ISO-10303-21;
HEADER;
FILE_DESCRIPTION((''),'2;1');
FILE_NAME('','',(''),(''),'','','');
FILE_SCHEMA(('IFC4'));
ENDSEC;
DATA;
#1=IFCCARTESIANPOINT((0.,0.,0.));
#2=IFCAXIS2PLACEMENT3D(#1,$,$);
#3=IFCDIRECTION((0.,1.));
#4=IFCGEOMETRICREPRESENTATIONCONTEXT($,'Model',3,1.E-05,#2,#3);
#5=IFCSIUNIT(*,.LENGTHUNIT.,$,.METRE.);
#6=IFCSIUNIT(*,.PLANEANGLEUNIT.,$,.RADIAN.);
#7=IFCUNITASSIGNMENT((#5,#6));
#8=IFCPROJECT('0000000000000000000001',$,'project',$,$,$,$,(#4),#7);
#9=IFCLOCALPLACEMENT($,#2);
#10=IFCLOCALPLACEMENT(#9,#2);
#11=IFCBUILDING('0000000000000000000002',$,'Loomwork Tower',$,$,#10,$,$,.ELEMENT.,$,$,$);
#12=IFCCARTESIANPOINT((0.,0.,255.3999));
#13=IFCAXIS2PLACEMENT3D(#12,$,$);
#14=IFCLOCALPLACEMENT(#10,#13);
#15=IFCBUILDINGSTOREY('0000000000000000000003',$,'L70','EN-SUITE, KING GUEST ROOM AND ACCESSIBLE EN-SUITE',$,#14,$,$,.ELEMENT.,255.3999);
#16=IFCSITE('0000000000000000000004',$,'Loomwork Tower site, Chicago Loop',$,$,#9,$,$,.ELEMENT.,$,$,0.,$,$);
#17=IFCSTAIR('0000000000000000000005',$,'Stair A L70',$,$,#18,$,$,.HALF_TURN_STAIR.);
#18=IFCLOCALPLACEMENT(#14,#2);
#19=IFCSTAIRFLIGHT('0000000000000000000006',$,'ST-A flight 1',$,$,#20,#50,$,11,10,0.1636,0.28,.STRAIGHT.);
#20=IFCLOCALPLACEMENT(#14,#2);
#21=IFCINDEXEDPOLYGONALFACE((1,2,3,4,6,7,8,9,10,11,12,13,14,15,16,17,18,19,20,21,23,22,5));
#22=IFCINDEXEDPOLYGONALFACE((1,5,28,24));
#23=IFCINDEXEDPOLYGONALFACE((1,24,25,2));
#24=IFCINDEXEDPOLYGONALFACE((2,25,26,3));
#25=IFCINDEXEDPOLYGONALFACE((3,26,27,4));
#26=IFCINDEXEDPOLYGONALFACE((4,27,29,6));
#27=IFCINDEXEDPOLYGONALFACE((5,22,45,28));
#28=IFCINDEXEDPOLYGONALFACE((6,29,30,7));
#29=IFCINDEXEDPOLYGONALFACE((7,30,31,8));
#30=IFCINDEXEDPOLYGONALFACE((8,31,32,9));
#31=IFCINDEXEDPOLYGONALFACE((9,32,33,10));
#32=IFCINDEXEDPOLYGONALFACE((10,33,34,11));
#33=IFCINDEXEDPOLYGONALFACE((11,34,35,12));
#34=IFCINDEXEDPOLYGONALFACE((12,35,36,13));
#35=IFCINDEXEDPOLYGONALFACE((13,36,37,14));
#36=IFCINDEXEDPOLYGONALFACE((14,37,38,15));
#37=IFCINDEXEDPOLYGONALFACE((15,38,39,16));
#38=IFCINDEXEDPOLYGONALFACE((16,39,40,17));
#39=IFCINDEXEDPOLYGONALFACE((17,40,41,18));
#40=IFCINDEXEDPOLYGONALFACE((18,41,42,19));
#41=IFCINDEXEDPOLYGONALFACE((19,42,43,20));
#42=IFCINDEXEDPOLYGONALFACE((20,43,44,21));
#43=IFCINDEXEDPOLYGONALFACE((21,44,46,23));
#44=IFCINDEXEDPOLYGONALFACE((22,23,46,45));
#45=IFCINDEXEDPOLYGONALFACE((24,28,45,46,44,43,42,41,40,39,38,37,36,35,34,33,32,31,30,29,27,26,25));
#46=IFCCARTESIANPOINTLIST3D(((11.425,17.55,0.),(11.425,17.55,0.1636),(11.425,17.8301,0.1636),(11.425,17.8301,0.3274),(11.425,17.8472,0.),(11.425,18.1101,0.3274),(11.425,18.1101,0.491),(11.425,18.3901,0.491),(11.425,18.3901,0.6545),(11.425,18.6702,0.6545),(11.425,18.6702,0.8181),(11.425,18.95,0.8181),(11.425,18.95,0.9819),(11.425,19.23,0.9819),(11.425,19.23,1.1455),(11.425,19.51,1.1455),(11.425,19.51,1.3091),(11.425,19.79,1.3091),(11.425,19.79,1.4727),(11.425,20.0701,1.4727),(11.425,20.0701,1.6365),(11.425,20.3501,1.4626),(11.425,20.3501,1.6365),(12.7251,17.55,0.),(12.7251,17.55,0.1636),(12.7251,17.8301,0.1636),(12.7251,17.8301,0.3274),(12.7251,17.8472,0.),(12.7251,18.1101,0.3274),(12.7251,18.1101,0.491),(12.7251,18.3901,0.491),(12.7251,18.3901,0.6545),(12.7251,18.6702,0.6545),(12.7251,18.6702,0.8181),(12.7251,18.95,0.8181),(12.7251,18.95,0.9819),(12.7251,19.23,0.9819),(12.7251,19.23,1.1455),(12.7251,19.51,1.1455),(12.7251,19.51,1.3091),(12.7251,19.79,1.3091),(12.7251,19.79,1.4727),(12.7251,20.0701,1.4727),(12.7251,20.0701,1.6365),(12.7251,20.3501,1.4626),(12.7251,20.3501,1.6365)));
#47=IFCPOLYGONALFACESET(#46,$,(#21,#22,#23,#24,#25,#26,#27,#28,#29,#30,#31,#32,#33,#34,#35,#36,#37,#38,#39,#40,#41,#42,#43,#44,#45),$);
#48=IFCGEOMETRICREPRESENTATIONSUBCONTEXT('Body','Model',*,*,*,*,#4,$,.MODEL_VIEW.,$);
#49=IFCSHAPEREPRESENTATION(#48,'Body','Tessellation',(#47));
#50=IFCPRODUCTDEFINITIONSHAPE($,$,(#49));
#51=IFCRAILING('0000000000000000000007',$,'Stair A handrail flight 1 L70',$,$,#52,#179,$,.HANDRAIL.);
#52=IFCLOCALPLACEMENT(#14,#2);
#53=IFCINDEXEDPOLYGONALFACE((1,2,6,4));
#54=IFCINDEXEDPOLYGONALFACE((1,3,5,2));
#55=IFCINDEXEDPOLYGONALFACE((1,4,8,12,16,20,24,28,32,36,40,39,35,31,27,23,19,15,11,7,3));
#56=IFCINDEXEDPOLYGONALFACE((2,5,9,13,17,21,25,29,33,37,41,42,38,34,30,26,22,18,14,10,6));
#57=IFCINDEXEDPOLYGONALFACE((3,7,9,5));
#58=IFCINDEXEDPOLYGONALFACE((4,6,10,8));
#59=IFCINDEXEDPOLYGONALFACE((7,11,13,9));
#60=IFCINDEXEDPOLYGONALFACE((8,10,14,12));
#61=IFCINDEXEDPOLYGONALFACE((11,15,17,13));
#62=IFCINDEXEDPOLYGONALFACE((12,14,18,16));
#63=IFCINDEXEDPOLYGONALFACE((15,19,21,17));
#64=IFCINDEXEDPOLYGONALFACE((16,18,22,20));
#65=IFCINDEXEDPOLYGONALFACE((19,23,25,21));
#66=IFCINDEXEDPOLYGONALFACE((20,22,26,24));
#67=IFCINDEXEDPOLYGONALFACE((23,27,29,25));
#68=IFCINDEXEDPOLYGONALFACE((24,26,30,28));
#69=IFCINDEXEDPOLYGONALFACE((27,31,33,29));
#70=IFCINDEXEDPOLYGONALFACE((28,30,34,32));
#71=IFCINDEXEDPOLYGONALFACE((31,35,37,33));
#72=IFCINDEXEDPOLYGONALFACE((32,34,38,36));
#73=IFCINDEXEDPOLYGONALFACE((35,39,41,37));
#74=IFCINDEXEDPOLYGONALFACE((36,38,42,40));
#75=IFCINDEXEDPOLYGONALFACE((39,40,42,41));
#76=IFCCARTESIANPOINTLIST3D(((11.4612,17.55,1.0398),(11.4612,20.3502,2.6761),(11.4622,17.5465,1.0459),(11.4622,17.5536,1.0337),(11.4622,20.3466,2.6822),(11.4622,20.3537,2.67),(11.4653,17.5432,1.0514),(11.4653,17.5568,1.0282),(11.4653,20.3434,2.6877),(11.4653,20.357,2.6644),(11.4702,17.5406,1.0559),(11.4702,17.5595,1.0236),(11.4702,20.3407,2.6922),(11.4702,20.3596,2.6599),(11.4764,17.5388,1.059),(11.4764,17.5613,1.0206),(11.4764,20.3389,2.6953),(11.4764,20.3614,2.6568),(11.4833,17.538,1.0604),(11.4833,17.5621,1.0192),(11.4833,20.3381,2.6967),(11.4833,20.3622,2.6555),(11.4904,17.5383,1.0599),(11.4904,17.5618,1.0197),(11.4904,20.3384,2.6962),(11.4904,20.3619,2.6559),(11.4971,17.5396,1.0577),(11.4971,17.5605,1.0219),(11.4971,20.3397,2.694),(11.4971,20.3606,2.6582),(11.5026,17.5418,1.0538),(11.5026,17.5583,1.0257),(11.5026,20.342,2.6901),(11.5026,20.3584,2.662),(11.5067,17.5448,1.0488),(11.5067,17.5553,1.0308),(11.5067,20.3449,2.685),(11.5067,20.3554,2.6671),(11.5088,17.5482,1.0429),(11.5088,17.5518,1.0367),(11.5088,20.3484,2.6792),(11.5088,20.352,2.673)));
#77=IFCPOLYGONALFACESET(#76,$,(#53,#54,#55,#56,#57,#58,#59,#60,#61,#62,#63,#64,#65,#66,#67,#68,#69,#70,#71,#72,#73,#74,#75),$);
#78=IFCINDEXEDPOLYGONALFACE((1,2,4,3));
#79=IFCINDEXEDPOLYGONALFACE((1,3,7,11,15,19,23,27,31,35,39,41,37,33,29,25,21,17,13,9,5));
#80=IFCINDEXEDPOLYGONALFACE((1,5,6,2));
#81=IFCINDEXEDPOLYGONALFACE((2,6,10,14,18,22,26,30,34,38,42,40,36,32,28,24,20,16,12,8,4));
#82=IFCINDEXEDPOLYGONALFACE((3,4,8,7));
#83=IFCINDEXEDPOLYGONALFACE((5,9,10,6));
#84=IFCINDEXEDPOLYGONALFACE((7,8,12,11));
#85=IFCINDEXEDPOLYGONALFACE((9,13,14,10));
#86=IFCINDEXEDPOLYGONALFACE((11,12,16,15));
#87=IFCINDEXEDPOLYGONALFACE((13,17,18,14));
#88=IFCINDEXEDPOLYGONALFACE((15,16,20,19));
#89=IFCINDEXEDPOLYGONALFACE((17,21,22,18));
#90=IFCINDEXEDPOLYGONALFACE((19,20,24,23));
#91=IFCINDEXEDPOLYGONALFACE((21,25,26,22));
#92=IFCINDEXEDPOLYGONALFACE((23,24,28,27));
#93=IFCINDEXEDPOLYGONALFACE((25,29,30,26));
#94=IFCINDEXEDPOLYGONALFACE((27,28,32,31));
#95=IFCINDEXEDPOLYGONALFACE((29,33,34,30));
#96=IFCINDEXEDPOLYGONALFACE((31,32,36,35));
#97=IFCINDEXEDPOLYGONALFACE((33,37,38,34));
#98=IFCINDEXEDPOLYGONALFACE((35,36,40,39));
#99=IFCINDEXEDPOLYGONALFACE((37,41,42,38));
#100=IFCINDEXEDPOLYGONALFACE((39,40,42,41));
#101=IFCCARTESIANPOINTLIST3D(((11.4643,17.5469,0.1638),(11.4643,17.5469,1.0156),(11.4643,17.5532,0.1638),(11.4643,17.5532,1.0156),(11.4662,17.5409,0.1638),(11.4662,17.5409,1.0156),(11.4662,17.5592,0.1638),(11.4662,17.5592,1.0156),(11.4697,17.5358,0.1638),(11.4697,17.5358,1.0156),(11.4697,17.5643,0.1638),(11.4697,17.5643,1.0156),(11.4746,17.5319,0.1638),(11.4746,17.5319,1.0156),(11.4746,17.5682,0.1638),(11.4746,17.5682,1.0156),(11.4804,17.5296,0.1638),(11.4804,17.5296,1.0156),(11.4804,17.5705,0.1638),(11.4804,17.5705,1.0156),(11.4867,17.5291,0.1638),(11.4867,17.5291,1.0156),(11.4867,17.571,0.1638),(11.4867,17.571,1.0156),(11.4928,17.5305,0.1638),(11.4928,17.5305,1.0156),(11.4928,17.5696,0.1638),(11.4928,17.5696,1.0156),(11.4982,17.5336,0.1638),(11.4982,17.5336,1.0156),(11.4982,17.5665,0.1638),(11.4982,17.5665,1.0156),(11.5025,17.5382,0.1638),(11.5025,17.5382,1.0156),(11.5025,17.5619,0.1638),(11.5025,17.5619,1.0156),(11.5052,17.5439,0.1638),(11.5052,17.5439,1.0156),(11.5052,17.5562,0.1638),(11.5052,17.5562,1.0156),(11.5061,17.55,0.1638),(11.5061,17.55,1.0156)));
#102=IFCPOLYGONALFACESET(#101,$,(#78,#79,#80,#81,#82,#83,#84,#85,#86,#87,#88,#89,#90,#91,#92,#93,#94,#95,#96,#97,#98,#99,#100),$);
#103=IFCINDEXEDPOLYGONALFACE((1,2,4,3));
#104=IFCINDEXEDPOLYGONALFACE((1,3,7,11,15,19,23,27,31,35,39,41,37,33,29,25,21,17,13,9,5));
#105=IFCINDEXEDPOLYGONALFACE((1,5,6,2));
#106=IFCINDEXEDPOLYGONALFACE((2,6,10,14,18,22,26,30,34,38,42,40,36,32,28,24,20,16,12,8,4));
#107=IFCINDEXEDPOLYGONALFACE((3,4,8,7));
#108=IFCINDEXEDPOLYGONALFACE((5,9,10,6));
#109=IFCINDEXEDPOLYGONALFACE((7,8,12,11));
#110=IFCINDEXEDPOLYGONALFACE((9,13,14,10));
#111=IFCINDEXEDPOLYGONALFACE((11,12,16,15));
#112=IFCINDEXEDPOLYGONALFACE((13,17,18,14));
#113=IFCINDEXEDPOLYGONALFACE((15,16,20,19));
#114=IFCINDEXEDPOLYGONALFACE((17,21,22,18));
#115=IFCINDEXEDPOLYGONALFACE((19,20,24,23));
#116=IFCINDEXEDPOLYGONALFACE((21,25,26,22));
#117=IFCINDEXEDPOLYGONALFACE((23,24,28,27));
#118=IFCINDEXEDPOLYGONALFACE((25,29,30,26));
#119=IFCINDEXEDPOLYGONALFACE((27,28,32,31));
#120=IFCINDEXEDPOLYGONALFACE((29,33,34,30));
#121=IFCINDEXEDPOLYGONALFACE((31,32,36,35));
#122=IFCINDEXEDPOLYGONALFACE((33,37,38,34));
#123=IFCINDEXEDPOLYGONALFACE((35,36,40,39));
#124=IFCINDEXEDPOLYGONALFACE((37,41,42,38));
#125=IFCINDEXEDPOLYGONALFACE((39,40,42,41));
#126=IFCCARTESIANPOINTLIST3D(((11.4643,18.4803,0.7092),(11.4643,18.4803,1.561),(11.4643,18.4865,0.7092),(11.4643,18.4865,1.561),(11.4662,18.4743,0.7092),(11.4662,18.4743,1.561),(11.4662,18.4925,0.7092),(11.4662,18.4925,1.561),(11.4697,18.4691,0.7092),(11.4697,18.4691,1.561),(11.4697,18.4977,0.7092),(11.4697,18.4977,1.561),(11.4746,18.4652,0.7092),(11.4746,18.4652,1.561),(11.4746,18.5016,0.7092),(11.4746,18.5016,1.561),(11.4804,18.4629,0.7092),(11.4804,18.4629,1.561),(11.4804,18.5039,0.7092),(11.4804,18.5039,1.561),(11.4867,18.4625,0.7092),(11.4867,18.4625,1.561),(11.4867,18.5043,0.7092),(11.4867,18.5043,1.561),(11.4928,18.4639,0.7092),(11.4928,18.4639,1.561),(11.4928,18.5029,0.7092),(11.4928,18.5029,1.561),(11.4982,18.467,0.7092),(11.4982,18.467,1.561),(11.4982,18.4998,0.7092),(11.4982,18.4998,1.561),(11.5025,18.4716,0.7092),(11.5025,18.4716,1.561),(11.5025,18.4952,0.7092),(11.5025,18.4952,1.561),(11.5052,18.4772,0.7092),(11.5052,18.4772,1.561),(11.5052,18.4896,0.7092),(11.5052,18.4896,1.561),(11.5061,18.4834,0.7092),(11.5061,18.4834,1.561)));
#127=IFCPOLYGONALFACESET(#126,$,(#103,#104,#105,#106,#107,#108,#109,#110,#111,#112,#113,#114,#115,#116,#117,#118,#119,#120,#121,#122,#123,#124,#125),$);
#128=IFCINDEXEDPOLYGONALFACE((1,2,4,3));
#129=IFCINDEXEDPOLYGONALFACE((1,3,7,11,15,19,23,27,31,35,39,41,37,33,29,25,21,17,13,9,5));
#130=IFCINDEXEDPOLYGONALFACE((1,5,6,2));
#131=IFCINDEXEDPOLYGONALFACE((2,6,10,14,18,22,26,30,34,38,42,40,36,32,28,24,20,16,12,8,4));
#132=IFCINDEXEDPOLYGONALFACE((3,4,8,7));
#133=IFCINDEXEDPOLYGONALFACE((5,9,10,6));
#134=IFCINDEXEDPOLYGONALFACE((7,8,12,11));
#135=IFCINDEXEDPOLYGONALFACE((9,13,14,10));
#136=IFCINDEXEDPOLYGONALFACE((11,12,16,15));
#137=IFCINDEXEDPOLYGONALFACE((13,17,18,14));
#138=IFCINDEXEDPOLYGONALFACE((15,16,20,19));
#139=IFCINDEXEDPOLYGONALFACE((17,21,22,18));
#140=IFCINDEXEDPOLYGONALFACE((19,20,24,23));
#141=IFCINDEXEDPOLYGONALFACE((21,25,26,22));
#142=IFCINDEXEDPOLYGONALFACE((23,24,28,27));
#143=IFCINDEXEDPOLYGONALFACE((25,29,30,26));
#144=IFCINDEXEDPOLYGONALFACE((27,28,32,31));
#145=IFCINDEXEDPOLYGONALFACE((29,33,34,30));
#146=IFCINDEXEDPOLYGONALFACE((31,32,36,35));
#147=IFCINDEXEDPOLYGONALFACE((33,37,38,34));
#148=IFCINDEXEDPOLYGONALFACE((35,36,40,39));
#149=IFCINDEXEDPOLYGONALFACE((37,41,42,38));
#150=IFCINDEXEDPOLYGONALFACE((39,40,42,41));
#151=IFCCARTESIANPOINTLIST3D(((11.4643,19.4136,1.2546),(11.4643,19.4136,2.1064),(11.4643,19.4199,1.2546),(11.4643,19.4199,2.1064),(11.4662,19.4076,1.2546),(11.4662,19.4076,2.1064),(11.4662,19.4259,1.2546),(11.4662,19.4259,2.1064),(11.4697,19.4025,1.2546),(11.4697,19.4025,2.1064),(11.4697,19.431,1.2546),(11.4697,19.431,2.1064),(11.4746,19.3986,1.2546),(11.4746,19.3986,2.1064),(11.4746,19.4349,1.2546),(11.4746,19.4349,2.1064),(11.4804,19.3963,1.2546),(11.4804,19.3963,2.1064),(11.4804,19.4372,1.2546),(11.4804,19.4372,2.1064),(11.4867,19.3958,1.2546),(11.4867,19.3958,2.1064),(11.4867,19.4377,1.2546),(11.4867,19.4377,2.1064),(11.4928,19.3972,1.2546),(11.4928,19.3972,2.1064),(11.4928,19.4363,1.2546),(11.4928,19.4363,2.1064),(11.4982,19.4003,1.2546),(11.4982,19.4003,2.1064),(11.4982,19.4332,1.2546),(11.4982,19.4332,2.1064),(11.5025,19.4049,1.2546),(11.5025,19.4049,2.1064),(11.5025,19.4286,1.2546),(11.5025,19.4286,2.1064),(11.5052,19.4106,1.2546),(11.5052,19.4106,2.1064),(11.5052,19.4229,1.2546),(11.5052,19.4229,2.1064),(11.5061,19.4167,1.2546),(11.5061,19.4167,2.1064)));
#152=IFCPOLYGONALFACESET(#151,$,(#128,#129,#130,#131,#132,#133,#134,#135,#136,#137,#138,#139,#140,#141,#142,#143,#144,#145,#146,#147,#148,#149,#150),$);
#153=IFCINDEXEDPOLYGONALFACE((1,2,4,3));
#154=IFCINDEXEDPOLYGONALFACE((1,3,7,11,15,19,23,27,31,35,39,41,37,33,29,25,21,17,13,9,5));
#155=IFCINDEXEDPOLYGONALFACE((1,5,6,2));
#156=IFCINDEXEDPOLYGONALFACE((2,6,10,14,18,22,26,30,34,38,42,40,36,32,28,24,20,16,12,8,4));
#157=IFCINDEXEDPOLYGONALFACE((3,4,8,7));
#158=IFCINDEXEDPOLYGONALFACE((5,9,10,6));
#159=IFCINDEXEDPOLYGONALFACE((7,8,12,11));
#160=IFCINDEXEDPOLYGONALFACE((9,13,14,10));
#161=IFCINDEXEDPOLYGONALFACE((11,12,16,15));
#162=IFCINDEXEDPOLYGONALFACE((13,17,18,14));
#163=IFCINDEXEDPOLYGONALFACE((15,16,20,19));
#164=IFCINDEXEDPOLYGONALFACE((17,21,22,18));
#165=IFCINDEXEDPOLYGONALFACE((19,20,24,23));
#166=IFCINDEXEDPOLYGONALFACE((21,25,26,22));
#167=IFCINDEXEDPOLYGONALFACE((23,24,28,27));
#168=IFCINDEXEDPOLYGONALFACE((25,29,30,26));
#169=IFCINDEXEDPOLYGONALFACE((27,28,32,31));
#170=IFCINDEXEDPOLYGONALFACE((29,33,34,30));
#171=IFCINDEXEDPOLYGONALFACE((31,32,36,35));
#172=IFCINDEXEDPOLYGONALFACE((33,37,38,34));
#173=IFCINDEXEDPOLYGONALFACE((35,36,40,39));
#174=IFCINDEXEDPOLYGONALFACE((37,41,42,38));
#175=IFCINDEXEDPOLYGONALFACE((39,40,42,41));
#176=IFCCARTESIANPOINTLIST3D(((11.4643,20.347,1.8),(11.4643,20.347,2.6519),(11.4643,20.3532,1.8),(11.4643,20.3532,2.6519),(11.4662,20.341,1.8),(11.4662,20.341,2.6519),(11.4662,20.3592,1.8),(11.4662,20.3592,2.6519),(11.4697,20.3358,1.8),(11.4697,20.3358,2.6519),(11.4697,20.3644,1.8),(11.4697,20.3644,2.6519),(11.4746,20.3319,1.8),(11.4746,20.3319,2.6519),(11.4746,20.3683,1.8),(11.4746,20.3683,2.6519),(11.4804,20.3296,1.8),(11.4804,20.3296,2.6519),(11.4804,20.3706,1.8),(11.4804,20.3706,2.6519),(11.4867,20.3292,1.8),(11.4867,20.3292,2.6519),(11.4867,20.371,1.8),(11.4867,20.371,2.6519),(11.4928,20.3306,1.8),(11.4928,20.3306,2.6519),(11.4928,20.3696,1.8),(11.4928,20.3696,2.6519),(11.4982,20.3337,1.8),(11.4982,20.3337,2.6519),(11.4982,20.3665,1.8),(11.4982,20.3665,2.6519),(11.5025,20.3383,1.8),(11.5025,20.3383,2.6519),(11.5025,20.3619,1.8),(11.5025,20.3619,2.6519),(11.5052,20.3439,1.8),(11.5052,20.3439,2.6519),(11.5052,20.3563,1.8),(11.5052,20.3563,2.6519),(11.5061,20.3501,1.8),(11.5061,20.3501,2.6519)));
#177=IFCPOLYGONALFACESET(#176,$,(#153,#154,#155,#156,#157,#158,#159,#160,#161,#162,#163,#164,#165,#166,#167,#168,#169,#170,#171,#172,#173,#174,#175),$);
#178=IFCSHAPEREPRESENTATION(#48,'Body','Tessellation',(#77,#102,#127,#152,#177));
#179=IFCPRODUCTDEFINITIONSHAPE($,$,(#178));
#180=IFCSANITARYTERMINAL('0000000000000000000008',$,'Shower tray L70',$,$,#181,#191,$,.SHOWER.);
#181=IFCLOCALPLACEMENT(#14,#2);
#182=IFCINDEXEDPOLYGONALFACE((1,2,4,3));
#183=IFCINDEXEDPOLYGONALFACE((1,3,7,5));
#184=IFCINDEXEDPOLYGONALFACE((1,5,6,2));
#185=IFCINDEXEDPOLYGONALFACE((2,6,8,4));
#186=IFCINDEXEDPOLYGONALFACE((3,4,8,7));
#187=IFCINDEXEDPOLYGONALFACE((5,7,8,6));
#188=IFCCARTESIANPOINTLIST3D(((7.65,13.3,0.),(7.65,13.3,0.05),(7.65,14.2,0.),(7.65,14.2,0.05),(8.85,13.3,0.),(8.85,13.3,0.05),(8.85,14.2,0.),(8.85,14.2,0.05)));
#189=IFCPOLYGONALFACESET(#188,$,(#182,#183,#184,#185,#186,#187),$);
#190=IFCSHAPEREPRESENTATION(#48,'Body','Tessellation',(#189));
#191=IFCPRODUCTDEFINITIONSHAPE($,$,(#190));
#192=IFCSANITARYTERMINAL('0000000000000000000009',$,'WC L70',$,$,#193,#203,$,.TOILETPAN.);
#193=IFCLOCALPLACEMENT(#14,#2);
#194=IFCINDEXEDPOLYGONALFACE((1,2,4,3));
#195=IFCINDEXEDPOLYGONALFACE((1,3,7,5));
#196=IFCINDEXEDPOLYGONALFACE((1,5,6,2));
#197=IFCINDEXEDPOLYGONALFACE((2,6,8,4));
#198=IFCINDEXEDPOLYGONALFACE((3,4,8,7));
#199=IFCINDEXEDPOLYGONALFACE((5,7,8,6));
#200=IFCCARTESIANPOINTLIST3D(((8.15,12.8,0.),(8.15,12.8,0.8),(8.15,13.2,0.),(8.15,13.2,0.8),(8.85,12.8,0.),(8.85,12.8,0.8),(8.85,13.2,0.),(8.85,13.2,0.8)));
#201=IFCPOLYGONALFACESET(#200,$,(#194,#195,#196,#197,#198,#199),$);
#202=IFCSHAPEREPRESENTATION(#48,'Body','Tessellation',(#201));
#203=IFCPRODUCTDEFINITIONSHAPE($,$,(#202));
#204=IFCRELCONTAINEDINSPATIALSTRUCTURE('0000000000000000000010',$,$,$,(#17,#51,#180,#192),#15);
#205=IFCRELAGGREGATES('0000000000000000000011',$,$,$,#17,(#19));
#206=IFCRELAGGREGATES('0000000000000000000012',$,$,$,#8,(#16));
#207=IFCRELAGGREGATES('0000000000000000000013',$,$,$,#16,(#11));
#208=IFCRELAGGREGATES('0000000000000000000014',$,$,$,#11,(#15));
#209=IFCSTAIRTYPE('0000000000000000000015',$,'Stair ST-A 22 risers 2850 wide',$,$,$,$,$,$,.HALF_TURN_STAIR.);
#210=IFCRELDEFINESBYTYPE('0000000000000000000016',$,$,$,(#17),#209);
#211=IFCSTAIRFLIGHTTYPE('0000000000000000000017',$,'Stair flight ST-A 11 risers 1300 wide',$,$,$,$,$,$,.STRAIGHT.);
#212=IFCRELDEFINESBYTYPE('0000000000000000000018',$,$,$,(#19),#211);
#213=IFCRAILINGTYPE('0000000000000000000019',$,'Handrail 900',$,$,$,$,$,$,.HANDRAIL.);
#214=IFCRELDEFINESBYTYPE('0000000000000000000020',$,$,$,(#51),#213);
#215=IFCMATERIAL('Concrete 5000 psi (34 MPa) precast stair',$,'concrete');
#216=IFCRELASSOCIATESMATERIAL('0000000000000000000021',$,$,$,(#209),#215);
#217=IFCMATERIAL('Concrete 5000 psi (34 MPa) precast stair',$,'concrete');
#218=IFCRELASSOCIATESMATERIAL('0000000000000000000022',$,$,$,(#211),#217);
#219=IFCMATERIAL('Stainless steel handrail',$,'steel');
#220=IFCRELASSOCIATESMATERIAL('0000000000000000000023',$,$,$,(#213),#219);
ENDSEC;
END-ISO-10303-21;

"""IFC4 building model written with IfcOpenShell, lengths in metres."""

from ifc_helpers import new_model, si_unit, direction, frame, origin, origin_2d, place, context, subcontext, project, spatial, polyline, rectangle, circle, outline, extrude, material, type_object, element, aggregate, save


model = new_model("IFC4")

# Units and contexts
model_context = context("Model", 3, precision=1e-05, world=origin(), true_north=direction((0.0, 1.0)))
body_context = subcontext(model_context, "Body", "Model", "MODEL_VIEW")
ifc_project = project(units=[si_unit("LENGTHUNIT", "METRE"), si_unit("PLANEANGLEUNIT", "RADIAN")], contexts=[model_context])

# Site, building, storey
site_placement = place(None, origin())
site = spatial("IfcSite", under=ifc_project, at=site_placement, Name="Loomwork Tower site, Chicago Loop", CompositionType="ELEMENT", RefElevation=0.0)
building_placement = place(site_placement, origin())
building = spatial("IfcBuilding", under=site, at=building_placement, Name="Loomwork Tower", CompositionType="ELEMENT")
storey_placement = place(building_placement, frame((0.0, 0.0, 255.3999)))
storey = spatial("IfcBuildingStorey", under=building, at=storey_placement, Name="L70", Description="EN-SUITE, KING GUEST ROOM AND ACCESSIBLE EN-SUITE", CompositionType="ELEMENT", Elevation=255.3999)

# Stair, stair flight
ifc_material_1 = material(Name="Concrete 5000 psi (34 MPa) precast stair", Category="concrete")
stair_type = type_object("IfcStairType", Name="Stair ST-A 22 risers 2850 wide", PredefinedType="HALF_TURN_STAIR", material=ifc_material_1)
stair_placement = place(storey_placement, origin())
stair = element("IfcStair", 1, at=stair_placement, inside=storey, type_object=stair_type, Name="Stair A L70", PredefinedType="HALF_TURN_STAIR")
ifc_material_2 = material(Name="Concrete 5000 psi (34 MPa) precast stair", Category="concrete")
stair_flight_type = type_object("IfcStairFlightType", Name="Stair flight ST-A 11 risers 1300 wide", PredefinedType="STRAIGHT", material=ifc_material_2)
stair_flight_placement = place(storey_placement, frame((12.075, 17.55, 0.0), z_axis=(0.0, 0.0, 1.0), x_axis=(0.0, 1.0, 0.0)))
stair_flight = element("IfcStairFlight", 2, at=stair_flight_placement, type_object=stair_flight_type, Name="ST-A flight 1", NumberOfRisers=11, NumberOfTreads=10, PredefinedType="STRAIGHT", RiserHeight=0.1636, TreadLength=0.28, context=body_context, shape_type="SweptSolid", body=[
    extrude(outline(polyline([(0.0, 0.0), (0.0, 0.1636), (0.28, 0.1636), (0.28, 0.3274), (0.5601, 0.3274), (0.5601, 0.491), (0.8401, 0.491), (0.8401, 0.6545), (1.1201, 0.6545), (1.1201, 0.8181), (1.3999, 0.8181), (1.3999, 0.9819), (1.6799, 0.9819), (1.6799, 1.1455), (1.96, 1.1455), (1.96, 1.3091), (2.24, 1.3091), (2.24, 1.4727), (2.52, 1.4727), (2.52, 1.6365), (2.8, 1.6365), (2.8, 1.8), (2.8, 1.4626), (0.2971, 0.0), (0.0, 0.0)])), frame((0.0, 0.6499, 0.0), z_axis=(0.0, -1.0, 0.0), x_axis=(1.0, 0.0, 0.0)), (0.0, 0.0, 1.0), 1.3),
])
aggregate(stair, [stair_flight])

# Railing
ifc_material_3 = material(Name="Stainless steel handrail", Category="steel")
railing_type = type_object("IfcRailingType", Name="Handrail 900", PredefinedType="HANDRAIL", material=ifc_material_3)
railing_placement = place(storey_placement, frame((11.4851, 17.55, 0.1638)))
element("IfcRailing", 3, at=railing_placement, inside=storey, type_object=railing_type, Name="Stair A handrail flight 1 L70", PredefinedType="HANDRAIL", context=body_context, shape_type="SweptSolid", body=[
    extrude(circle(Radius=0.0239, at=origin_2d()), frame((0.0, 0.0, 0.876), z_axis=(0.0, 0.863394, 0.504531), x_axis=(-1.0, 0.0, 0.0)), (0.0, 0.0, 1.0), 3.2432),
    extrude(circle(Radius=0.021, at=origin_2d()), origin(), (0.0, 0.0, 1.0), 0.8518),
    extrude(circle(Radius=0.021, at=origin_2d()), frame((0.0, 0.9333, 0.5454)), (0.0, 0.0, 1.0), 0.8518),
    extrude(circle(Radius=0.021, at=origin_2d()), frame((0.0, 1.8667, 1.0908)), (0.0, 0.0, 1.0), 0.8518),
    extrude(circle(Radius=0.021, at=origin_2d()), frame((0.0, 2.8, 1.6362)), (0.0, 0.0, 1.0), 0.8518),
])

# Sanitary terminals
sanitary_terminal_1_placement = place(storey_placement, frame((8.25, 13.75, 0.0), z_axis=(0.0, 0.0, 1.0), x_axis=(1.0, 0.0, 0.0)))
element("IfcSanitaryTerminal", 4, at=sanitary_terminal_1_placement, inside=storey, Name="Shower tray L70", PredefinedType="SHOWER", context=body_context, shape_type="SweptSolid", body=[
    extrude(rectangle(XDim=1.2, YDim=0.8999, at=origin_2d()), origin(), (0.0, 0.0, 1.0), 0.05),
])
sanitary_terminal_2_placement = place(storey_placement, frame((8.5, 13.0, 0.0), z_axis=(0.0, 0.0, 1.0), x_axis=(1.0, 0.0, 0.0)))
element("IfcSanitaryTerminal", 5, at=sanitary_terminal_2_placement, inside=storey, Name="WC L70", PredefinedType="TOILETPAN", context=body_context, shape_type="SweptSolid", body=[
    extrude(rectangle(XDim=0.7, YDim=0.3999, at=origin_2d()), origin(), (0.0, 0.0, 1.0), 0.8),
])

save(model, "model.ifc")
